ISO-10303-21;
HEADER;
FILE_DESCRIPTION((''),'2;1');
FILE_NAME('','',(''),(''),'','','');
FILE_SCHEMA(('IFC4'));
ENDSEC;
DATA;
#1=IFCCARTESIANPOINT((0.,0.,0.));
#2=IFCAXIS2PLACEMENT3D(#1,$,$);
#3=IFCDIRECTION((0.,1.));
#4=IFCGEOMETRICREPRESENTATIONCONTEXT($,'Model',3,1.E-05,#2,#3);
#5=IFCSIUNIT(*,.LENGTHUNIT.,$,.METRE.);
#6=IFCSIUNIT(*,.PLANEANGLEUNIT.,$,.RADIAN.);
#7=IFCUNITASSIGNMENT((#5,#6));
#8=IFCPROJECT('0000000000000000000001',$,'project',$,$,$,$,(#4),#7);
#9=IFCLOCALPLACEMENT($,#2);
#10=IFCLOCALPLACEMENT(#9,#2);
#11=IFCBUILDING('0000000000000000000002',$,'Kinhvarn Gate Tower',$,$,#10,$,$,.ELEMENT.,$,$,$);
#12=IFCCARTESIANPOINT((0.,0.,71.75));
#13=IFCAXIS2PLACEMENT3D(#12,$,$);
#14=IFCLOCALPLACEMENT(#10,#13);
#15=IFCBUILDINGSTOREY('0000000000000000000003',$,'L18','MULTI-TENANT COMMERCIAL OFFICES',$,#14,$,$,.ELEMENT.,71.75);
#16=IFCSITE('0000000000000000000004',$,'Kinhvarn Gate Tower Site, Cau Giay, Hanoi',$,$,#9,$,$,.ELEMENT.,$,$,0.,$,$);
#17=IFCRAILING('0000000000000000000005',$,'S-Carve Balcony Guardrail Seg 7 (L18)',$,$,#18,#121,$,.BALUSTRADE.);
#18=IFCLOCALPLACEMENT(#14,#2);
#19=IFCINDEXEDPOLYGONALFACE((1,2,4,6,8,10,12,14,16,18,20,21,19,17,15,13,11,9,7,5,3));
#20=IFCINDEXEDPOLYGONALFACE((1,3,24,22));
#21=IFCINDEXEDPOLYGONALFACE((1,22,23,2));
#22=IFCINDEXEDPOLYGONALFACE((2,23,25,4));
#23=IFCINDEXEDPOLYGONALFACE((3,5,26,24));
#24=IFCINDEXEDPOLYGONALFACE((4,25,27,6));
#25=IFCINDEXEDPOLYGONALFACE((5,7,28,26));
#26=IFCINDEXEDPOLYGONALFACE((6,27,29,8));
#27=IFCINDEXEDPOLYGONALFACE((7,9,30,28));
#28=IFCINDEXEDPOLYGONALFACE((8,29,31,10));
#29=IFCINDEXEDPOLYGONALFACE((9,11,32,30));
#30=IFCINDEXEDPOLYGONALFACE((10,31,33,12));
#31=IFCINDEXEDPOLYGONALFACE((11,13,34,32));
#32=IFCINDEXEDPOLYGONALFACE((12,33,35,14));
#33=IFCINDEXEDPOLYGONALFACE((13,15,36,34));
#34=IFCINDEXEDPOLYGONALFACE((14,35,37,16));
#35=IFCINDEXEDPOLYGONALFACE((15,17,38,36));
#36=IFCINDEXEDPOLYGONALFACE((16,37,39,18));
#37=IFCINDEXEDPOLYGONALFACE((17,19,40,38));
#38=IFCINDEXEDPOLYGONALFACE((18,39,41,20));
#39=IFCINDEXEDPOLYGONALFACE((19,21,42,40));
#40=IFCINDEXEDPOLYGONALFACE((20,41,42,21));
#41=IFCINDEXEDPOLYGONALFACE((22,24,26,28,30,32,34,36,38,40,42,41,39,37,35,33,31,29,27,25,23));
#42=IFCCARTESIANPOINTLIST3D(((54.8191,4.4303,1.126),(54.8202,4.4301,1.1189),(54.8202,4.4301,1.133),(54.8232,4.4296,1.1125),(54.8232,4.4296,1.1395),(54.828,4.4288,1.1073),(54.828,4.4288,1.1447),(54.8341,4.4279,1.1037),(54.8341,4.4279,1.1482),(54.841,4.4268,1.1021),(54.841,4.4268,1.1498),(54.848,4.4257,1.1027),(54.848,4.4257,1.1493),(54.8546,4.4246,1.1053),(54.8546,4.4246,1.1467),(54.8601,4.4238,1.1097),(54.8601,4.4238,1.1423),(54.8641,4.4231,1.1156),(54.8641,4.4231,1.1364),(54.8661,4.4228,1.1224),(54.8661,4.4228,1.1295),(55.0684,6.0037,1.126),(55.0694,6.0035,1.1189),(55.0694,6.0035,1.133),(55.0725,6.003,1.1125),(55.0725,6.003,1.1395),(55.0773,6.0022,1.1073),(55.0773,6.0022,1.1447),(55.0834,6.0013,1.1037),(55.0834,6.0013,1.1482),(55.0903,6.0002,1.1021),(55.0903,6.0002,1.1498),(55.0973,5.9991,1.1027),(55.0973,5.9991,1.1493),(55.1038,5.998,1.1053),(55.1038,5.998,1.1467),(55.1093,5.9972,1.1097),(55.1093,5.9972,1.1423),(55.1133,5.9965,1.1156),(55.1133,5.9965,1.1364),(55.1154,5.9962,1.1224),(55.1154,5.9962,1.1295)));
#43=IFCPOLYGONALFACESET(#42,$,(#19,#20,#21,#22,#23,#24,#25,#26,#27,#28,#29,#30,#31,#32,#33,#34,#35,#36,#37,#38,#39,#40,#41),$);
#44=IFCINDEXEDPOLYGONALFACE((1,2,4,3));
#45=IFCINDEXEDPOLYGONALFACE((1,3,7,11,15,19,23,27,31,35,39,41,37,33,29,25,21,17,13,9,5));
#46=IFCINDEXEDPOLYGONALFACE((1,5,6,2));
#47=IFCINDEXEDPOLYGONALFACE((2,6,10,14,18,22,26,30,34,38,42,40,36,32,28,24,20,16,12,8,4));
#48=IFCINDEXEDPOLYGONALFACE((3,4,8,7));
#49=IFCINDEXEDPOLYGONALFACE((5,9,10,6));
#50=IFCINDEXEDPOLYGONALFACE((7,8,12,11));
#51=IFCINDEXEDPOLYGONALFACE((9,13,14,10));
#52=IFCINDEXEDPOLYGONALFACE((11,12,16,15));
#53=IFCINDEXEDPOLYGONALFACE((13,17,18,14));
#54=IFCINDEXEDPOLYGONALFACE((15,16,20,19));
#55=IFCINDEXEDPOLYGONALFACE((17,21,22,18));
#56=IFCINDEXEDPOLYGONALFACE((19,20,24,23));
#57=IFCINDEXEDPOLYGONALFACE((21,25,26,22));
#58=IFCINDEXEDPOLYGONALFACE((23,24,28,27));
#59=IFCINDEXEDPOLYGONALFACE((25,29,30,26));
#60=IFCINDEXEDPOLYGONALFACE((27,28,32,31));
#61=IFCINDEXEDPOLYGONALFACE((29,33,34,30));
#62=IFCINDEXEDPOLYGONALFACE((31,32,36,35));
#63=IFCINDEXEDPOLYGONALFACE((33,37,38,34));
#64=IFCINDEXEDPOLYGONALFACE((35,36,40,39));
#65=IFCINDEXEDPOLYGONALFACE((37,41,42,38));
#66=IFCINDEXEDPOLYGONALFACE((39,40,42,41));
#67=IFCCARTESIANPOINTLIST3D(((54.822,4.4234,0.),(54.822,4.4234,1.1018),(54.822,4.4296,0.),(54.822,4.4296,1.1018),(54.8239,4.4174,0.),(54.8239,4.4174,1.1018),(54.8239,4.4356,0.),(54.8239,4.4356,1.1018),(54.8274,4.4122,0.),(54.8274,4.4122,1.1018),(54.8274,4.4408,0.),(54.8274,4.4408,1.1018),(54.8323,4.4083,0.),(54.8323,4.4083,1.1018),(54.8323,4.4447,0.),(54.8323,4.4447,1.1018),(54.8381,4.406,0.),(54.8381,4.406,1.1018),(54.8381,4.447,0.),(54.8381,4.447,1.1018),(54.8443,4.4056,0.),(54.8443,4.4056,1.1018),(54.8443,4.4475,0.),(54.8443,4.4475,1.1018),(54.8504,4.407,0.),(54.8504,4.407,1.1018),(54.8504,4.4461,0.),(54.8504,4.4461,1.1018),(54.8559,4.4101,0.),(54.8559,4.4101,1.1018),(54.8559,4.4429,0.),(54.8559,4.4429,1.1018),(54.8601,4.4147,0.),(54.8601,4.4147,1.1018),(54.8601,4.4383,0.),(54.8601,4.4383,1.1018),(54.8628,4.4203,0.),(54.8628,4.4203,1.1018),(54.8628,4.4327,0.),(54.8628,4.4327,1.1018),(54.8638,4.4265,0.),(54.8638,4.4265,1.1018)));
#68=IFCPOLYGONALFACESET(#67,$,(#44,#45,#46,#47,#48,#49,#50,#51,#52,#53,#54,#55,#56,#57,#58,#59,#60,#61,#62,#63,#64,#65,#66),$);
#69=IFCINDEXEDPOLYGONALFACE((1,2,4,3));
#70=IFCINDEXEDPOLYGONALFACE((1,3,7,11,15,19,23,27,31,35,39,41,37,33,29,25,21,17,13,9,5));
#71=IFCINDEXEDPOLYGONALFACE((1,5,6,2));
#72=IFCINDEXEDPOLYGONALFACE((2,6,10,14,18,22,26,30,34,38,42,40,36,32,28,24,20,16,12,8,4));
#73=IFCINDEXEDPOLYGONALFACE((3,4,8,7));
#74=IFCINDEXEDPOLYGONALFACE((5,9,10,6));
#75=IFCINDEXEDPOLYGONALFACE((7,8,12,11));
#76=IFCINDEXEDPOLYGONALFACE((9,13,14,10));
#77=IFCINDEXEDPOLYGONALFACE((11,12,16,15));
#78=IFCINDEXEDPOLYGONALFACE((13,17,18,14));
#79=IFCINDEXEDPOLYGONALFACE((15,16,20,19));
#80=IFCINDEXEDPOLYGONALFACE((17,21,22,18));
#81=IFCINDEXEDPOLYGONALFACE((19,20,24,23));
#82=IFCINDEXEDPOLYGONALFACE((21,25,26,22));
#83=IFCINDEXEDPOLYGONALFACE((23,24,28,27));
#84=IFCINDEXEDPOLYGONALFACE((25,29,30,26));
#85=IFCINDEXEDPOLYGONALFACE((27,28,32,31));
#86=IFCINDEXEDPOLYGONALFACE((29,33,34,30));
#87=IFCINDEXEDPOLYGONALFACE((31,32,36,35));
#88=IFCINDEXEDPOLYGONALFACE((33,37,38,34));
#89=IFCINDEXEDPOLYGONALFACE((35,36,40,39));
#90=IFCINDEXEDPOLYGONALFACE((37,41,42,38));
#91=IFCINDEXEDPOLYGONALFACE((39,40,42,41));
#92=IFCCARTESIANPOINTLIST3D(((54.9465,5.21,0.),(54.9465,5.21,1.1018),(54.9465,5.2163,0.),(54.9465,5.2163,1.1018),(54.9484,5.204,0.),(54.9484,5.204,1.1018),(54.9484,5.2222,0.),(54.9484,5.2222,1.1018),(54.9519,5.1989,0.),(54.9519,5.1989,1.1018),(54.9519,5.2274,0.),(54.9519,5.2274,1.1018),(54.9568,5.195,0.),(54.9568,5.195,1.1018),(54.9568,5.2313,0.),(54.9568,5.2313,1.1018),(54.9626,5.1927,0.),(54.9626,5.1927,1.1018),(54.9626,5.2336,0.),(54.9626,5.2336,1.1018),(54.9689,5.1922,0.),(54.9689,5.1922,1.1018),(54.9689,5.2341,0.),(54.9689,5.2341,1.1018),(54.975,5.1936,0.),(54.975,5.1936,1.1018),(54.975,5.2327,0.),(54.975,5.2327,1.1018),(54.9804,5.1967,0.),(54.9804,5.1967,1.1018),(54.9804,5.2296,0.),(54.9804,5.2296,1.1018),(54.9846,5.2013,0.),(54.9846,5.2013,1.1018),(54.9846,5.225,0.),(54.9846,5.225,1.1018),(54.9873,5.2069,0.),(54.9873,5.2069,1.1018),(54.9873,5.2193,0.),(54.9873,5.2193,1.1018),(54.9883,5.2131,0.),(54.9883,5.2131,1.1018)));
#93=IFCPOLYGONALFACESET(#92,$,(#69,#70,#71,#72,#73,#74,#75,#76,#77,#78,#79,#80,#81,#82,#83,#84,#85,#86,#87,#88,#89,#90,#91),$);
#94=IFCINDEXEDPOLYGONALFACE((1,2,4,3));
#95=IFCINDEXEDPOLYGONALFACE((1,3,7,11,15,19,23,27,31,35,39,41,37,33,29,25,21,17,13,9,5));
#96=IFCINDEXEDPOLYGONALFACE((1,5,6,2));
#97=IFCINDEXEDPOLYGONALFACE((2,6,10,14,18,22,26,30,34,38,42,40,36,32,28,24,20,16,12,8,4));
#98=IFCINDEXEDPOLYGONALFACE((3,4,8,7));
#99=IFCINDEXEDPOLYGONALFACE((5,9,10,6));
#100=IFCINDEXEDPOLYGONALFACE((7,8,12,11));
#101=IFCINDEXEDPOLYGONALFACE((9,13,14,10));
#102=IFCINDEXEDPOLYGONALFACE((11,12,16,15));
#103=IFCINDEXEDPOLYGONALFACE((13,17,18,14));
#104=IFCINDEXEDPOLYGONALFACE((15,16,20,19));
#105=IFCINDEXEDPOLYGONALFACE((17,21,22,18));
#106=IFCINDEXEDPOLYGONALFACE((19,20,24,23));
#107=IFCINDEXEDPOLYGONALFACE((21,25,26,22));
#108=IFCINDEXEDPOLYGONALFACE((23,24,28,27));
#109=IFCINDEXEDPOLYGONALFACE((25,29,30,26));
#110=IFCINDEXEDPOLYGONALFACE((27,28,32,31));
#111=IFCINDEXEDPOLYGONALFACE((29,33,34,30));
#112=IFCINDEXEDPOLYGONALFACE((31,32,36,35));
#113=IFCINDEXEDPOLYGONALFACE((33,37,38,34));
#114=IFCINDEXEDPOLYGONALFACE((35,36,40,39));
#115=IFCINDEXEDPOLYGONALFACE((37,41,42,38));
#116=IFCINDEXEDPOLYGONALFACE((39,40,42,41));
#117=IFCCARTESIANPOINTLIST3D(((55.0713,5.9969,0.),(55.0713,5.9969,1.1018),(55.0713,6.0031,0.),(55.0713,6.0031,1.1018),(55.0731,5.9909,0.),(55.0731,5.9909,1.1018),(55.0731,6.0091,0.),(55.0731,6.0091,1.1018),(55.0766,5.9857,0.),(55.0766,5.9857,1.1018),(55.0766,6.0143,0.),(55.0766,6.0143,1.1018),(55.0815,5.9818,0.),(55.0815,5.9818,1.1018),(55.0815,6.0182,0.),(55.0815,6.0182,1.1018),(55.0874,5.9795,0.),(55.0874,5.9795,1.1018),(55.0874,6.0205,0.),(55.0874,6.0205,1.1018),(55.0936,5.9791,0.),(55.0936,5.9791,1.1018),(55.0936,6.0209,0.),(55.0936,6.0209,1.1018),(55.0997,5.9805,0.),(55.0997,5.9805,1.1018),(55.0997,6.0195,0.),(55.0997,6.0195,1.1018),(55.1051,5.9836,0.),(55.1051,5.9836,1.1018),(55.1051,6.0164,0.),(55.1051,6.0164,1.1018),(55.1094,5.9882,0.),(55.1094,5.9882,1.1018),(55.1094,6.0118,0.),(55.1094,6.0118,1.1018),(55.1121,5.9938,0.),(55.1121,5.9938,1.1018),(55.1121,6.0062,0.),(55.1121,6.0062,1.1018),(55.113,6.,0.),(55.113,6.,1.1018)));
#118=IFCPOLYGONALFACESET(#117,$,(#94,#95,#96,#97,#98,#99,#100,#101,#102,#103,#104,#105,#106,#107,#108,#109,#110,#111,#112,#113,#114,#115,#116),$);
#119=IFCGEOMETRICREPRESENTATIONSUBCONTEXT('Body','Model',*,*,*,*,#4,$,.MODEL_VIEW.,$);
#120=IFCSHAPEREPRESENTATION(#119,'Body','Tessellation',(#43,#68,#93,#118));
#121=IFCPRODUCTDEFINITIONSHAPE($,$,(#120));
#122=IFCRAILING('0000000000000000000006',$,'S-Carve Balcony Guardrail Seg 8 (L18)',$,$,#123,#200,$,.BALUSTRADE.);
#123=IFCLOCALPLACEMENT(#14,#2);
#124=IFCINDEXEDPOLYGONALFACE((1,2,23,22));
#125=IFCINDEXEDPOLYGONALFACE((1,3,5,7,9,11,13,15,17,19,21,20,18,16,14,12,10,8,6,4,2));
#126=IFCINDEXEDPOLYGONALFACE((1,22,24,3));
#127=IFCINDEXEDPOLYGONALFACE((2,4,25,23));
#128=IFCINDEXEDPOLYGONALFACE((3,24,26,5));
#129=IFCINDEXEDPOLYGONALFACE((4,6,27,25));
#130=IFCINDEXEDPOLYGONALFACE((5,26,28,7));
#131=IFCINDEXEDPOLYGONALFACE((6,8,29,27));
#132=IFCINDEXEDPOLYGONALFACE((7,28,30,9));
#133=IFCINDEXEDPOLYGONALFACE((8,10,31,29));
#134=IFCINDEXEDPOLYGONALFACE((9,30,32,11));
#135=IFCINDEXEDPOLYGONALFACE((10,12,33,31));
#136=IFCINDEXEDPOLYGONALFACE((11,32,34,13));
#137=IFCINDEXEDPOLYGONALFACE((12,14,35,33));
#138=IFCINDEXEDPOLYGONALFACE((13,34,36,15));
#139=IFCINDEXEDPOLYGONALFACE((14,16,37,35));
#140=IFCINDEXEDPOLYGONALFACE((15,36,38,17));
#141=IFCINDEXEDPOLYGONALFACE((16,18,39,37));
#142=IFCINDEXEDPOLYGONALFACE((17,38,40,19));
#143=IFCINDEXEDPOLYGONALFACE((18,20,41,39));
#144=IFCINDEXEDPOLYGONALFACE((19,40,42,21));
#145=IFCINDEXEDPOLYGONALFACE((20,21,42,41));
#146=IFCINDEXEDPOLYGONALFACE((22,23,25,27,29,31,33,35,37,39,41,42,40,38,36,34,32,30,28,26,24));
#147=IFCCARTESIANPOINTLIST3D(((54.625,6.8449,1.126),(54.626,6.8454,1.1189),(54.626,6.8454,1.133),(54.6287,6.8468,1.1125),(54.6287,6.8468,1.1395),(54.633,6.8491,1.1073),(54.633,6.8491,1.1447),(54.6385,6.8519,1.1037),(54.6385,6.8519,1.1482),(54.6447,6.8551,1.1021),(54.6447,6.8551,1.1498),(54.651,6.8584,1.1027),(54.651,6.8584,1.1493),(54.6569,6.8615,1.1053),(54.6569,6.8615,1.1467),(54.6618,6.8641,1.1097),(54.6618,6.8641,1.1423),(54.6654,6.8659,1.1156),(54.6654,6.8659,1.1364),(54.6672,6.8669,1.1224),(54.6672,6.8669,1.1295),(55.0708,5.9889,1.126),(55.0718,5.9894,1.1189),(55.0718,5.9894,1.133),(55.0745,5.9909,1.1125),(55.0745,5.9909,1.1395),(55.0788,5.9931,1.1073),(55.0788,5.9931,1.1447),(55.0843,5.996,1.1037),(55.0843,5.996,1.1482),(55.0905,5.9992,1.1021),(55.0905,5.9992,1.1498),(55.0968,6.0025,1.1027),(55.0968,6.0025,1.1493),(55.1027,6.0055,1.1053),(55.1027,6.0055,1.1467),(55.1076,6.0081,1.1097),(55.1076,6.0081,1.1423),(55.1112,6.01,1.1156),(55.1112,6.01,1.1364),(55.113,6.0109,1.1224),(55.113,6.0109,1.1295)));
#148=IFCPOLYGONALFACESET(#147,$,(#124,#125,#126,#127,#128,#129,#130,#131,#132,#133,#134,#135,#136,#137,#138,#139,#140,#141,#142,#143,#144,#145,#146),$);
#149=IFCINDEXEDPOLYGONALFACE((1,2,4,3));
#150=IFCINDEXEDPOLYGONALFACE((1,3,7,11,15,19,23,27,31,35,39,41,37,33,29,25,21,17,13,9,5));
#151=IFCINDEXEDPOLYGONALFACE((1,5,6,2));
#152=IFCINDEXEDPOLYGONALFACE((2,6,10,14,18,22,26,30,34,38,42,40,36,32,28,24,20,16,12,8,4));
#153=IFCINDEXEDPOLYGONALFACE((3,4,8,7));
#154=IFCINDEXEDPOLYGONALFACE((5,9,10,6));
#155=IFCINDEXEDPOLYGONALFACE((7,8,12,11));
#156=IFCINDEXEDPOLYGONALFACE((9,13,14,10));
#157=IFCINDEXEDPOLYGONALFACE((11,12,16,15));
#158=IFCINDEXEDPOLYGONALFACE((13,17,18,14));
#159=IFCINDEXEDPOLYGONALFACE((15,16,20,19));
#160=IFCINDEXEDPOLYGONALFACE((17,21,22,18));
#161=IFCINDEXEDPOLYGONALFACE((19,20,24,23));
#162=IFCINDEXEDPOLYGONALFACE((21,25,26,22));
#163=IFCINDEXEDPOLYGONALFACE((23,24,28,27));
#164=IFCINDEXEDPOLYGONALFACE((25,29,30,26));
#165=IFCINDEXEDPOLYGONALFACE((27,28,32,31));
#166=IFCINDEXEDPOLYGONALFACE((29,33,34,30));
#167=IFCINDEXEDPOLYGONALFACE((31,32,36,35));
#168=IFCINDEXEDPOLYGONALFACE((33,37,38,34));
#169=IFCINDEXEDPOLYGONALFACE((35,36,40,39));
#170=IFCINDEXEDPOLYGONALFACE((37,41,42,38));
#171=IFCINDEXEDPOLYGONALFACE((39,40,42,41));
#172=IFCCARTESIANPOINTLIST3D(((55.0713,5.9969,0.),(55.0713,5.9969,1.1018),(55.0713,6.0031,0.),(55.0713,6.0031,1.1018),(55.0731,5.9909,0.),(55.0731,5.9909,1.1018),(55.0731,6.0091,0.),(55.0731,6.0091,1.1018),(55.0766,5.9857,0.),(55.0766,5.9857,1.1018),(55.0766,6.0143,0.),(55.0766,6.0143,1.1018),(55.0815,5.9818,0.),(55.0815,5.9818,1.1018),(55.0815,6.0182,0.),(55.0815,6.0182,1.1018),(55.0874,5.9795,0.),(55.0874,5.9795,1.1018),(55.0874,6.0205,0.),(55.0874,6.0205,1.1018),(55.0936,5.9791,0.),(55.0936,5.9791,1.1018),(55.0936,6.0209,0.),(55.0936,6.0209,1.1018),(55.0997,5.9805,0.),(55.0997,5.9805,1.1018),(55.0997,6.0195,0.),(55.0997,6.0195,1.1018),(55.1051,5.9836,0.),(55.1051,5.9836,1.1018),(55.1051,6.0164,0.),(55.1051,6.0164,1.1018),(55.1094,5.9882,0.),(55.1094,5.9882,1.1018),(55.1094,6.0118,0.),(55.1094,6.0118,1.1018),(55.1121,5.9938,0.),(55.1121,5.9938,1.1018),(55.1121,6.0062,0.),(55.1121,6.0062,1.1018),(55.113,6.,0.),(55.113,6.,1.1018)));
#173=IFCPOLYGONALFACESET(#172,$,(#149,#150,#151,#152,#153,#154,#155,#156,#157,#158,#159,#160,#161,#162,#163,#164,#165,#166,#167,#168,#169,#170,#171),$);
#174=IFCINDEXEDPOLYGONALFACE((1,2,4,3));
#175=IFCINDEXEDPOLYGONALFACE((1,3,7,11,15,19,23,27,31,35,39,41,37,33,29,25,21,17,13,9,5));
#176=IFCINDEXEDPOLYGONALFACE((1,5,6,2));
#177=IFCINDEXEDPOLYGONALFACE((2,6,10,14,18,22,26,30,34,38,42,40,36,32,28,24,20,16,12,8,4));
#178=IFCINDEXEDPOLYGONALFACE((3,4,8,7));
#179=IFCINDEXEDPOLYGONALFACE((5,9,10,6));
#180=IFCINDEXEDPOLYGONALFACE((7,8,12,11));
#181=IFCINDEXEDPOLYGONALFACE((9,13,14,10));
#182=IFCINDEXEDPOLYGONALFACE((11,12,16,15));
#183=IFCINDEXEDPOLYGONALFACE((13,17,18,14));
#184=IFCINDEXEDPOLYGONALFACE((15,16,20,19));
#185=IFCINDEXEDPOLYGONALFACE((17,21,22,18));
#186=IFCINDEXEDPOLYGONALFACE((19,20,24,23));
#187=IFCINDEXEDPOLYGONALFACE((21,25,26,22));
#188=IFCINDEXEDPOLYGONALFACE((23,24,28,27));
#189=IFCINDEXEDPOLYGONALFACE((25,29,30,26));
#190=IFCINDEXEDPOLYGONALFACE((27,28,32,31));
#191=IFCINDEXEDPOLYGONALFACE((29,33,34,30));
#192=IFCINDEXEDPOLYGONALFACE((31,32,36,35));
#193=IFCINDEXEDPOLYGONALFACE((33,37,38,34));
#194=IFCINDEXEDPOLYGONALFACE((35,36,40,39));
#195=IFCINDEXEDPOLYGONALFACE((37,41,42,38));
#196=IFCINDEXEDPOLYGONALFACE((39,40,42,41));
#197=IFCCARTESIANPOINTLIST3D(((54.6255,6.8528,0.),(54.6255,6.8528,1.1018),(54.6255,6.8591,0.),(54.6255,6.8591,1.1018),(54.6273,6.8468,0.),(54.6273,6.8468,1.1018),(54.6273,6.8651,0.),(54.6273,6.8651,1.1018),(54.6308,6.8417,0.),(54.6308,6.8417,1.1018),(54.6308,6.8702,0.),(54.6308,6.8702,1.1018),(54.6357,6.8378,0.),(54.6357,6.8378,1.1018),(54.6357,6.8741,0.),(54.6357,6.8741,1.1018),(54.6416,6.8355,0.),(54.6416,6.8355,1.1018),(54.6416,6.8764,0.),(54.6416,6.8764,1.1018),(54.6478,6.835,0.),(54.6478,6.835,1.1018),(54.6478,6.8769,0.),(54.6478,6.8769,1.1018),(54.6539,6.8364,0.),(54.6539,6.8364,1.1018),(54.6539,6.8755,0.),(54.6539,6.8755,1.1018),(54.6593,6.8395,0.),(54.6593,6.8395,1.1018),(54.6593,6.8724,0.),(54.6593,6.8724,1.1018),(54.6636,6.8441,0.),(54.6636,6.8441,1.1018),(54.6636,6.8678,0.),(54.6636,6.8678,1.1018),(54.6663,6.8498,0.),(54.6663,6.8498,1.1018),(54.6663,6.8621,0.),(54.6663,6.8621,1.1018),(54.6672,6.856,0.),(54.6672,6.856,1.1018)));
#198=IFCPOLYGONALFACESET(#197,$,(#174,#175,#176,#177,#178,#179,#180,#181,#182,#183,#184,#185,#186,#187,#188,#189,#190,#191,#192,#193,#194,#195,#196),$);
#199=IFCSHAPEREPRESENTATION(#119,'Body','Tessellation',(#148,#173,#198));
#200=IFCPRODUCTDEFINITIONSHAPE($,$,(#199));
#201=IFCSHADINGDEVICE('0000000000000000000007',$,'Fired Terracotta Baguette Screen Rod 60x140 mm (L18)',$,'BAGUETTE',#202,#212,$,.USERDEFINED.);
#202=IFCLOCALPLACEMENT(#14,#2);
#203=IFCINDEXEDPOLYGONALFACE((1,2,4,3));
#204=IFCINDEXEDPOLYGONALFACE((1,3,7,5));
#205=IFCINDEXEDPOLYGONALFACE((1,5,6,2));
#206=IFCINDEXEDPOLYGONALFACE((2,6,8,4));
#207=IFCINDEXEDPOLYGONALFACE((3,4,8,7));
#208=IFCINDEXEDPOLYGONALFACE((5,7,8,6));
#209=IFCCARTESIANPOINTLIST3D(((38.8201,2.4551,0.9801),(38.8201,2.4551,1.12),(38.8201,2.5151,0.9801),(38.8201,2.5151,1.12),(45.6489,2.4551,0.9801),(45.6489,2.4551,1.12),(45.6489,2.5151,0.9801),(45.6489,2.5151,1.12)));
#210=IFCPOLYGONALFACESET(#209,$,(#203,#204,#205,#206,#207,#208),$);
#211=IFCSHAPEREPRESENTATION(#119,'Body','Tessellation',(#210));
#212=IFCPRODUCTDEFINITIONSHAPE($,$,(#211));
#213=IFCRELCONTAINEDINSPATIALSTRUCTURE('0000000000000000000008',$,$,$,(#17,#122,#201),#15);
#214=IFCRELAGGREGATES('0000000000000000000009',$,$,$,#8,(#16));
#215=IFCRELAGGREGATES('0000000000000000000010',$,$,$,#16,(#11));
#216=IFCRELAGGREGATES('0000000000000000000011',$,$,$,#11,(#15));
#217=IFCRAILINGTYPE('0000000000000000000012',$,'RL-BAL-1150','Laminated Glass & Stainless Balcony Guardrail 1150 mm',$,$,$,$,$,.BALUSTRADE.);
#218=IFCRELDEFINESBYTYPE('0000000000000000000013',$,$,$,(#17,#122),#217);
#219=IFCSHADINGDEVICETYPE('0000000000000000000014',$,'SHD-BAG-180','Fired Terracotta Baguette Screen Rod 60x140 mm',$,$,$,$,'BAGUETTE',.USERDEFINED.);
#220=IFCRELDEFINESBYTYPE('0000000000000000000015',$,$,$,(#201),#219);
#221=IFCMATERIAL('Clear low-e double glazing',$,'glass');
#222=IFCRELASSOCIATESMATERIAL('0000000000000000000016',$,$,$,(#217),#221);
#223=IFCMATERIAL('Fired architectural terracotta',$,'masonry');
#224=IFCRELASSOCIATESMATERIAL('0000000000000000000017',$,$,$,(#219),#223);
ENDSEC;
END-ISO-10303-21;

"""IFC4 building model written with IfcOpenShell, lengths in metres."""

from ifc_helpers import new_model, si_unit, direction, frame, origin, origin_2d, place, context, subcontext, project, spatial, rectangle, circle, extrude, material, material_profile, profile_set, type_object, element, save


model = new_model("IFC4")

# Units and contexts
model_context = context("Model", 3, precision=1e-05, world=origin(), true_north=direction((0.0, 1.0)))
body_context = subcontext(model_context, "Body", "Model", "MODEL_VIEW")
ifc_project = project(units=[si_unit("LENGTHUNIT", "METRE"), si_unit("PLANEANGLEUNIT", "RADIAN")], contexts=[model_context])

# Site, building, storey
site_placement = place(None, origin())
site = spatial("IfcSite", under=ifc_project, at=site_placement, Name="Kinhvarn Gate Tower Site, Cau Giay, Hanoi", CompositionType="ELEMENT", RefElevation=0.0)
building_placement = place(site_placement, origin())
building = spatial("IfcBuilding", under=site, at=building_placement, Name="Kinhvarn Gate Tower", CompositionType="ELEMENT")
storey_placement = place(building_placement, frame((0.0, 0.0, 71.75)))
storey = spatial("IfcBuildingStorey", under=building, at=storey_placement, Name="L18", Description="MULTI-TENANT COMMERCIAL OFFICES", CompositionType="ELEMENT", Elevation=71.75)

# Shared definitions
ifc_material_1 = material(Name="Clear low-e double glazing", Category="glass")

# Shared definitions
ifc_material_2 = material(Name="Fired architectural terracotta", Category="masonry")

# Railings
railing_type = type_object("IfcRailingType", Name="RL-BAL-1150", Description="Laminated Glass & Stainless Balcony Guardrail 1150 mm", PredefinedType="BALUSTRADE", material=ifc_material_1)
railing_1_placement = place(storey_placement, frame((54.8428, 4.4265, 0.0)))
element("IfcRailing", 1, at=railing_1_placement, inside=storey, type_object=railing_type, Name="S-Carve Balcony Guardrail Seg 7 (L18)", PredefinedType="BALUSTRADE", context=body_context, shape_type="SweptSolid", body=[
    extrude(circle(Radius=0.0239, at=origin_2d()), frame((0.0, 0.0, 1.126), z_axis=(0.156466, 0.987683, 0.0), x_axis=(-0.987683, 0.156466, 0.0)), (0.0, 0.0, 1.0), 1.593),
    extrude(circle(Radius=0.021, at=origin_2d()), origin(), (0.0, 0.0, 1.0), 1.1018),
    extrude(circle(Radius=0.021, at=origin_2d()), frame((0.1245, 0.7866, 0.0)), (0.0, 0.0, 1.0), 1.1018),
    extrude(circle(Radius=0.021, at=origin_2d()), frame((0.2493, 1.5735, 0.0)), (0.0, 0.0, 1.0), 1.1018),
])
railing_2_placement = place(storey_placement, frame((55.092, 6.0, 0.0)))
element("IfcRailing", 2, at=railing_2_placement, inside=storey, type_object=railing_type, Name="S-Carve Balcony Guardrail Seg 8 (L18)", PredefinedType="BALUSTRADE", context=body_context, shape_type="SweptSolid", body=[
    extrude(circle(Radius=0.0239, at=origin_2d()), frame((0.0, 0.0, 1.126), z_axis=(-0.461926, 0.886918, 0.0), x_axis=(-0.886918, -0.461926, 0.0)), (0.0, 0.0, 1.0), 0.9651),
    extrude(circle(Radius=0.021, at=origin_2d()), origin(), (0.0, 0.0, 1.0), 1.1018),
    extrude(circle(Radius=0.021, at=origin_2d()), frame((-0.4458, 0.856, 0.0)), (0.0, 0.0, 1.0), 1.1018),
])

# Shading device
ifc_material_profile_1 = material_profile(ifc_material_2, rectangle(XDim=0.0601, YDim=0.1399, at=origin_2d()), Name="TC 60x140")
ifc_profile_set_1 = profile_set([ifc_material_profile_1], Name="Fired architectural terracotta")
shading_device_type = type_object("IfcShadingDeviceType", Name="SHD-BAG-180", Description="Fired Terracotta Baguette Screen Rod 60x140 mm", ElementType="BAGUETTE", PredefinedType="USERDEFINED", material=ifc_profile_set_1)
for number, where, z_axis, x_axis, name in (
    (3, (38.8201, 2.4851, 1.05), (1.0, 0.0, 0.0), (0.0, 1.0, 0.0), "Fired Terracotta Baguette Screen Rod 60x140 mm (L18)"),
):
    element("IfcShadingDevice", number, at=place(storey_placement, frame(where, z_axis=z_axis, x_axis=x_axis)), inside=storey, type_object=shading_device_type, Name=name, ObjectType="BAGUETTE", PredefinedType="USERDEFINED", context=body_context, shape_type="SweptSolid", body=[
        extrude(rectangle(XDim=0.0601, YDim=0.1399, at=origin_2d()), origin(), (0.0, 0.0, 1.0), 6.8289),
    ])

save(model, "model.ifc")
